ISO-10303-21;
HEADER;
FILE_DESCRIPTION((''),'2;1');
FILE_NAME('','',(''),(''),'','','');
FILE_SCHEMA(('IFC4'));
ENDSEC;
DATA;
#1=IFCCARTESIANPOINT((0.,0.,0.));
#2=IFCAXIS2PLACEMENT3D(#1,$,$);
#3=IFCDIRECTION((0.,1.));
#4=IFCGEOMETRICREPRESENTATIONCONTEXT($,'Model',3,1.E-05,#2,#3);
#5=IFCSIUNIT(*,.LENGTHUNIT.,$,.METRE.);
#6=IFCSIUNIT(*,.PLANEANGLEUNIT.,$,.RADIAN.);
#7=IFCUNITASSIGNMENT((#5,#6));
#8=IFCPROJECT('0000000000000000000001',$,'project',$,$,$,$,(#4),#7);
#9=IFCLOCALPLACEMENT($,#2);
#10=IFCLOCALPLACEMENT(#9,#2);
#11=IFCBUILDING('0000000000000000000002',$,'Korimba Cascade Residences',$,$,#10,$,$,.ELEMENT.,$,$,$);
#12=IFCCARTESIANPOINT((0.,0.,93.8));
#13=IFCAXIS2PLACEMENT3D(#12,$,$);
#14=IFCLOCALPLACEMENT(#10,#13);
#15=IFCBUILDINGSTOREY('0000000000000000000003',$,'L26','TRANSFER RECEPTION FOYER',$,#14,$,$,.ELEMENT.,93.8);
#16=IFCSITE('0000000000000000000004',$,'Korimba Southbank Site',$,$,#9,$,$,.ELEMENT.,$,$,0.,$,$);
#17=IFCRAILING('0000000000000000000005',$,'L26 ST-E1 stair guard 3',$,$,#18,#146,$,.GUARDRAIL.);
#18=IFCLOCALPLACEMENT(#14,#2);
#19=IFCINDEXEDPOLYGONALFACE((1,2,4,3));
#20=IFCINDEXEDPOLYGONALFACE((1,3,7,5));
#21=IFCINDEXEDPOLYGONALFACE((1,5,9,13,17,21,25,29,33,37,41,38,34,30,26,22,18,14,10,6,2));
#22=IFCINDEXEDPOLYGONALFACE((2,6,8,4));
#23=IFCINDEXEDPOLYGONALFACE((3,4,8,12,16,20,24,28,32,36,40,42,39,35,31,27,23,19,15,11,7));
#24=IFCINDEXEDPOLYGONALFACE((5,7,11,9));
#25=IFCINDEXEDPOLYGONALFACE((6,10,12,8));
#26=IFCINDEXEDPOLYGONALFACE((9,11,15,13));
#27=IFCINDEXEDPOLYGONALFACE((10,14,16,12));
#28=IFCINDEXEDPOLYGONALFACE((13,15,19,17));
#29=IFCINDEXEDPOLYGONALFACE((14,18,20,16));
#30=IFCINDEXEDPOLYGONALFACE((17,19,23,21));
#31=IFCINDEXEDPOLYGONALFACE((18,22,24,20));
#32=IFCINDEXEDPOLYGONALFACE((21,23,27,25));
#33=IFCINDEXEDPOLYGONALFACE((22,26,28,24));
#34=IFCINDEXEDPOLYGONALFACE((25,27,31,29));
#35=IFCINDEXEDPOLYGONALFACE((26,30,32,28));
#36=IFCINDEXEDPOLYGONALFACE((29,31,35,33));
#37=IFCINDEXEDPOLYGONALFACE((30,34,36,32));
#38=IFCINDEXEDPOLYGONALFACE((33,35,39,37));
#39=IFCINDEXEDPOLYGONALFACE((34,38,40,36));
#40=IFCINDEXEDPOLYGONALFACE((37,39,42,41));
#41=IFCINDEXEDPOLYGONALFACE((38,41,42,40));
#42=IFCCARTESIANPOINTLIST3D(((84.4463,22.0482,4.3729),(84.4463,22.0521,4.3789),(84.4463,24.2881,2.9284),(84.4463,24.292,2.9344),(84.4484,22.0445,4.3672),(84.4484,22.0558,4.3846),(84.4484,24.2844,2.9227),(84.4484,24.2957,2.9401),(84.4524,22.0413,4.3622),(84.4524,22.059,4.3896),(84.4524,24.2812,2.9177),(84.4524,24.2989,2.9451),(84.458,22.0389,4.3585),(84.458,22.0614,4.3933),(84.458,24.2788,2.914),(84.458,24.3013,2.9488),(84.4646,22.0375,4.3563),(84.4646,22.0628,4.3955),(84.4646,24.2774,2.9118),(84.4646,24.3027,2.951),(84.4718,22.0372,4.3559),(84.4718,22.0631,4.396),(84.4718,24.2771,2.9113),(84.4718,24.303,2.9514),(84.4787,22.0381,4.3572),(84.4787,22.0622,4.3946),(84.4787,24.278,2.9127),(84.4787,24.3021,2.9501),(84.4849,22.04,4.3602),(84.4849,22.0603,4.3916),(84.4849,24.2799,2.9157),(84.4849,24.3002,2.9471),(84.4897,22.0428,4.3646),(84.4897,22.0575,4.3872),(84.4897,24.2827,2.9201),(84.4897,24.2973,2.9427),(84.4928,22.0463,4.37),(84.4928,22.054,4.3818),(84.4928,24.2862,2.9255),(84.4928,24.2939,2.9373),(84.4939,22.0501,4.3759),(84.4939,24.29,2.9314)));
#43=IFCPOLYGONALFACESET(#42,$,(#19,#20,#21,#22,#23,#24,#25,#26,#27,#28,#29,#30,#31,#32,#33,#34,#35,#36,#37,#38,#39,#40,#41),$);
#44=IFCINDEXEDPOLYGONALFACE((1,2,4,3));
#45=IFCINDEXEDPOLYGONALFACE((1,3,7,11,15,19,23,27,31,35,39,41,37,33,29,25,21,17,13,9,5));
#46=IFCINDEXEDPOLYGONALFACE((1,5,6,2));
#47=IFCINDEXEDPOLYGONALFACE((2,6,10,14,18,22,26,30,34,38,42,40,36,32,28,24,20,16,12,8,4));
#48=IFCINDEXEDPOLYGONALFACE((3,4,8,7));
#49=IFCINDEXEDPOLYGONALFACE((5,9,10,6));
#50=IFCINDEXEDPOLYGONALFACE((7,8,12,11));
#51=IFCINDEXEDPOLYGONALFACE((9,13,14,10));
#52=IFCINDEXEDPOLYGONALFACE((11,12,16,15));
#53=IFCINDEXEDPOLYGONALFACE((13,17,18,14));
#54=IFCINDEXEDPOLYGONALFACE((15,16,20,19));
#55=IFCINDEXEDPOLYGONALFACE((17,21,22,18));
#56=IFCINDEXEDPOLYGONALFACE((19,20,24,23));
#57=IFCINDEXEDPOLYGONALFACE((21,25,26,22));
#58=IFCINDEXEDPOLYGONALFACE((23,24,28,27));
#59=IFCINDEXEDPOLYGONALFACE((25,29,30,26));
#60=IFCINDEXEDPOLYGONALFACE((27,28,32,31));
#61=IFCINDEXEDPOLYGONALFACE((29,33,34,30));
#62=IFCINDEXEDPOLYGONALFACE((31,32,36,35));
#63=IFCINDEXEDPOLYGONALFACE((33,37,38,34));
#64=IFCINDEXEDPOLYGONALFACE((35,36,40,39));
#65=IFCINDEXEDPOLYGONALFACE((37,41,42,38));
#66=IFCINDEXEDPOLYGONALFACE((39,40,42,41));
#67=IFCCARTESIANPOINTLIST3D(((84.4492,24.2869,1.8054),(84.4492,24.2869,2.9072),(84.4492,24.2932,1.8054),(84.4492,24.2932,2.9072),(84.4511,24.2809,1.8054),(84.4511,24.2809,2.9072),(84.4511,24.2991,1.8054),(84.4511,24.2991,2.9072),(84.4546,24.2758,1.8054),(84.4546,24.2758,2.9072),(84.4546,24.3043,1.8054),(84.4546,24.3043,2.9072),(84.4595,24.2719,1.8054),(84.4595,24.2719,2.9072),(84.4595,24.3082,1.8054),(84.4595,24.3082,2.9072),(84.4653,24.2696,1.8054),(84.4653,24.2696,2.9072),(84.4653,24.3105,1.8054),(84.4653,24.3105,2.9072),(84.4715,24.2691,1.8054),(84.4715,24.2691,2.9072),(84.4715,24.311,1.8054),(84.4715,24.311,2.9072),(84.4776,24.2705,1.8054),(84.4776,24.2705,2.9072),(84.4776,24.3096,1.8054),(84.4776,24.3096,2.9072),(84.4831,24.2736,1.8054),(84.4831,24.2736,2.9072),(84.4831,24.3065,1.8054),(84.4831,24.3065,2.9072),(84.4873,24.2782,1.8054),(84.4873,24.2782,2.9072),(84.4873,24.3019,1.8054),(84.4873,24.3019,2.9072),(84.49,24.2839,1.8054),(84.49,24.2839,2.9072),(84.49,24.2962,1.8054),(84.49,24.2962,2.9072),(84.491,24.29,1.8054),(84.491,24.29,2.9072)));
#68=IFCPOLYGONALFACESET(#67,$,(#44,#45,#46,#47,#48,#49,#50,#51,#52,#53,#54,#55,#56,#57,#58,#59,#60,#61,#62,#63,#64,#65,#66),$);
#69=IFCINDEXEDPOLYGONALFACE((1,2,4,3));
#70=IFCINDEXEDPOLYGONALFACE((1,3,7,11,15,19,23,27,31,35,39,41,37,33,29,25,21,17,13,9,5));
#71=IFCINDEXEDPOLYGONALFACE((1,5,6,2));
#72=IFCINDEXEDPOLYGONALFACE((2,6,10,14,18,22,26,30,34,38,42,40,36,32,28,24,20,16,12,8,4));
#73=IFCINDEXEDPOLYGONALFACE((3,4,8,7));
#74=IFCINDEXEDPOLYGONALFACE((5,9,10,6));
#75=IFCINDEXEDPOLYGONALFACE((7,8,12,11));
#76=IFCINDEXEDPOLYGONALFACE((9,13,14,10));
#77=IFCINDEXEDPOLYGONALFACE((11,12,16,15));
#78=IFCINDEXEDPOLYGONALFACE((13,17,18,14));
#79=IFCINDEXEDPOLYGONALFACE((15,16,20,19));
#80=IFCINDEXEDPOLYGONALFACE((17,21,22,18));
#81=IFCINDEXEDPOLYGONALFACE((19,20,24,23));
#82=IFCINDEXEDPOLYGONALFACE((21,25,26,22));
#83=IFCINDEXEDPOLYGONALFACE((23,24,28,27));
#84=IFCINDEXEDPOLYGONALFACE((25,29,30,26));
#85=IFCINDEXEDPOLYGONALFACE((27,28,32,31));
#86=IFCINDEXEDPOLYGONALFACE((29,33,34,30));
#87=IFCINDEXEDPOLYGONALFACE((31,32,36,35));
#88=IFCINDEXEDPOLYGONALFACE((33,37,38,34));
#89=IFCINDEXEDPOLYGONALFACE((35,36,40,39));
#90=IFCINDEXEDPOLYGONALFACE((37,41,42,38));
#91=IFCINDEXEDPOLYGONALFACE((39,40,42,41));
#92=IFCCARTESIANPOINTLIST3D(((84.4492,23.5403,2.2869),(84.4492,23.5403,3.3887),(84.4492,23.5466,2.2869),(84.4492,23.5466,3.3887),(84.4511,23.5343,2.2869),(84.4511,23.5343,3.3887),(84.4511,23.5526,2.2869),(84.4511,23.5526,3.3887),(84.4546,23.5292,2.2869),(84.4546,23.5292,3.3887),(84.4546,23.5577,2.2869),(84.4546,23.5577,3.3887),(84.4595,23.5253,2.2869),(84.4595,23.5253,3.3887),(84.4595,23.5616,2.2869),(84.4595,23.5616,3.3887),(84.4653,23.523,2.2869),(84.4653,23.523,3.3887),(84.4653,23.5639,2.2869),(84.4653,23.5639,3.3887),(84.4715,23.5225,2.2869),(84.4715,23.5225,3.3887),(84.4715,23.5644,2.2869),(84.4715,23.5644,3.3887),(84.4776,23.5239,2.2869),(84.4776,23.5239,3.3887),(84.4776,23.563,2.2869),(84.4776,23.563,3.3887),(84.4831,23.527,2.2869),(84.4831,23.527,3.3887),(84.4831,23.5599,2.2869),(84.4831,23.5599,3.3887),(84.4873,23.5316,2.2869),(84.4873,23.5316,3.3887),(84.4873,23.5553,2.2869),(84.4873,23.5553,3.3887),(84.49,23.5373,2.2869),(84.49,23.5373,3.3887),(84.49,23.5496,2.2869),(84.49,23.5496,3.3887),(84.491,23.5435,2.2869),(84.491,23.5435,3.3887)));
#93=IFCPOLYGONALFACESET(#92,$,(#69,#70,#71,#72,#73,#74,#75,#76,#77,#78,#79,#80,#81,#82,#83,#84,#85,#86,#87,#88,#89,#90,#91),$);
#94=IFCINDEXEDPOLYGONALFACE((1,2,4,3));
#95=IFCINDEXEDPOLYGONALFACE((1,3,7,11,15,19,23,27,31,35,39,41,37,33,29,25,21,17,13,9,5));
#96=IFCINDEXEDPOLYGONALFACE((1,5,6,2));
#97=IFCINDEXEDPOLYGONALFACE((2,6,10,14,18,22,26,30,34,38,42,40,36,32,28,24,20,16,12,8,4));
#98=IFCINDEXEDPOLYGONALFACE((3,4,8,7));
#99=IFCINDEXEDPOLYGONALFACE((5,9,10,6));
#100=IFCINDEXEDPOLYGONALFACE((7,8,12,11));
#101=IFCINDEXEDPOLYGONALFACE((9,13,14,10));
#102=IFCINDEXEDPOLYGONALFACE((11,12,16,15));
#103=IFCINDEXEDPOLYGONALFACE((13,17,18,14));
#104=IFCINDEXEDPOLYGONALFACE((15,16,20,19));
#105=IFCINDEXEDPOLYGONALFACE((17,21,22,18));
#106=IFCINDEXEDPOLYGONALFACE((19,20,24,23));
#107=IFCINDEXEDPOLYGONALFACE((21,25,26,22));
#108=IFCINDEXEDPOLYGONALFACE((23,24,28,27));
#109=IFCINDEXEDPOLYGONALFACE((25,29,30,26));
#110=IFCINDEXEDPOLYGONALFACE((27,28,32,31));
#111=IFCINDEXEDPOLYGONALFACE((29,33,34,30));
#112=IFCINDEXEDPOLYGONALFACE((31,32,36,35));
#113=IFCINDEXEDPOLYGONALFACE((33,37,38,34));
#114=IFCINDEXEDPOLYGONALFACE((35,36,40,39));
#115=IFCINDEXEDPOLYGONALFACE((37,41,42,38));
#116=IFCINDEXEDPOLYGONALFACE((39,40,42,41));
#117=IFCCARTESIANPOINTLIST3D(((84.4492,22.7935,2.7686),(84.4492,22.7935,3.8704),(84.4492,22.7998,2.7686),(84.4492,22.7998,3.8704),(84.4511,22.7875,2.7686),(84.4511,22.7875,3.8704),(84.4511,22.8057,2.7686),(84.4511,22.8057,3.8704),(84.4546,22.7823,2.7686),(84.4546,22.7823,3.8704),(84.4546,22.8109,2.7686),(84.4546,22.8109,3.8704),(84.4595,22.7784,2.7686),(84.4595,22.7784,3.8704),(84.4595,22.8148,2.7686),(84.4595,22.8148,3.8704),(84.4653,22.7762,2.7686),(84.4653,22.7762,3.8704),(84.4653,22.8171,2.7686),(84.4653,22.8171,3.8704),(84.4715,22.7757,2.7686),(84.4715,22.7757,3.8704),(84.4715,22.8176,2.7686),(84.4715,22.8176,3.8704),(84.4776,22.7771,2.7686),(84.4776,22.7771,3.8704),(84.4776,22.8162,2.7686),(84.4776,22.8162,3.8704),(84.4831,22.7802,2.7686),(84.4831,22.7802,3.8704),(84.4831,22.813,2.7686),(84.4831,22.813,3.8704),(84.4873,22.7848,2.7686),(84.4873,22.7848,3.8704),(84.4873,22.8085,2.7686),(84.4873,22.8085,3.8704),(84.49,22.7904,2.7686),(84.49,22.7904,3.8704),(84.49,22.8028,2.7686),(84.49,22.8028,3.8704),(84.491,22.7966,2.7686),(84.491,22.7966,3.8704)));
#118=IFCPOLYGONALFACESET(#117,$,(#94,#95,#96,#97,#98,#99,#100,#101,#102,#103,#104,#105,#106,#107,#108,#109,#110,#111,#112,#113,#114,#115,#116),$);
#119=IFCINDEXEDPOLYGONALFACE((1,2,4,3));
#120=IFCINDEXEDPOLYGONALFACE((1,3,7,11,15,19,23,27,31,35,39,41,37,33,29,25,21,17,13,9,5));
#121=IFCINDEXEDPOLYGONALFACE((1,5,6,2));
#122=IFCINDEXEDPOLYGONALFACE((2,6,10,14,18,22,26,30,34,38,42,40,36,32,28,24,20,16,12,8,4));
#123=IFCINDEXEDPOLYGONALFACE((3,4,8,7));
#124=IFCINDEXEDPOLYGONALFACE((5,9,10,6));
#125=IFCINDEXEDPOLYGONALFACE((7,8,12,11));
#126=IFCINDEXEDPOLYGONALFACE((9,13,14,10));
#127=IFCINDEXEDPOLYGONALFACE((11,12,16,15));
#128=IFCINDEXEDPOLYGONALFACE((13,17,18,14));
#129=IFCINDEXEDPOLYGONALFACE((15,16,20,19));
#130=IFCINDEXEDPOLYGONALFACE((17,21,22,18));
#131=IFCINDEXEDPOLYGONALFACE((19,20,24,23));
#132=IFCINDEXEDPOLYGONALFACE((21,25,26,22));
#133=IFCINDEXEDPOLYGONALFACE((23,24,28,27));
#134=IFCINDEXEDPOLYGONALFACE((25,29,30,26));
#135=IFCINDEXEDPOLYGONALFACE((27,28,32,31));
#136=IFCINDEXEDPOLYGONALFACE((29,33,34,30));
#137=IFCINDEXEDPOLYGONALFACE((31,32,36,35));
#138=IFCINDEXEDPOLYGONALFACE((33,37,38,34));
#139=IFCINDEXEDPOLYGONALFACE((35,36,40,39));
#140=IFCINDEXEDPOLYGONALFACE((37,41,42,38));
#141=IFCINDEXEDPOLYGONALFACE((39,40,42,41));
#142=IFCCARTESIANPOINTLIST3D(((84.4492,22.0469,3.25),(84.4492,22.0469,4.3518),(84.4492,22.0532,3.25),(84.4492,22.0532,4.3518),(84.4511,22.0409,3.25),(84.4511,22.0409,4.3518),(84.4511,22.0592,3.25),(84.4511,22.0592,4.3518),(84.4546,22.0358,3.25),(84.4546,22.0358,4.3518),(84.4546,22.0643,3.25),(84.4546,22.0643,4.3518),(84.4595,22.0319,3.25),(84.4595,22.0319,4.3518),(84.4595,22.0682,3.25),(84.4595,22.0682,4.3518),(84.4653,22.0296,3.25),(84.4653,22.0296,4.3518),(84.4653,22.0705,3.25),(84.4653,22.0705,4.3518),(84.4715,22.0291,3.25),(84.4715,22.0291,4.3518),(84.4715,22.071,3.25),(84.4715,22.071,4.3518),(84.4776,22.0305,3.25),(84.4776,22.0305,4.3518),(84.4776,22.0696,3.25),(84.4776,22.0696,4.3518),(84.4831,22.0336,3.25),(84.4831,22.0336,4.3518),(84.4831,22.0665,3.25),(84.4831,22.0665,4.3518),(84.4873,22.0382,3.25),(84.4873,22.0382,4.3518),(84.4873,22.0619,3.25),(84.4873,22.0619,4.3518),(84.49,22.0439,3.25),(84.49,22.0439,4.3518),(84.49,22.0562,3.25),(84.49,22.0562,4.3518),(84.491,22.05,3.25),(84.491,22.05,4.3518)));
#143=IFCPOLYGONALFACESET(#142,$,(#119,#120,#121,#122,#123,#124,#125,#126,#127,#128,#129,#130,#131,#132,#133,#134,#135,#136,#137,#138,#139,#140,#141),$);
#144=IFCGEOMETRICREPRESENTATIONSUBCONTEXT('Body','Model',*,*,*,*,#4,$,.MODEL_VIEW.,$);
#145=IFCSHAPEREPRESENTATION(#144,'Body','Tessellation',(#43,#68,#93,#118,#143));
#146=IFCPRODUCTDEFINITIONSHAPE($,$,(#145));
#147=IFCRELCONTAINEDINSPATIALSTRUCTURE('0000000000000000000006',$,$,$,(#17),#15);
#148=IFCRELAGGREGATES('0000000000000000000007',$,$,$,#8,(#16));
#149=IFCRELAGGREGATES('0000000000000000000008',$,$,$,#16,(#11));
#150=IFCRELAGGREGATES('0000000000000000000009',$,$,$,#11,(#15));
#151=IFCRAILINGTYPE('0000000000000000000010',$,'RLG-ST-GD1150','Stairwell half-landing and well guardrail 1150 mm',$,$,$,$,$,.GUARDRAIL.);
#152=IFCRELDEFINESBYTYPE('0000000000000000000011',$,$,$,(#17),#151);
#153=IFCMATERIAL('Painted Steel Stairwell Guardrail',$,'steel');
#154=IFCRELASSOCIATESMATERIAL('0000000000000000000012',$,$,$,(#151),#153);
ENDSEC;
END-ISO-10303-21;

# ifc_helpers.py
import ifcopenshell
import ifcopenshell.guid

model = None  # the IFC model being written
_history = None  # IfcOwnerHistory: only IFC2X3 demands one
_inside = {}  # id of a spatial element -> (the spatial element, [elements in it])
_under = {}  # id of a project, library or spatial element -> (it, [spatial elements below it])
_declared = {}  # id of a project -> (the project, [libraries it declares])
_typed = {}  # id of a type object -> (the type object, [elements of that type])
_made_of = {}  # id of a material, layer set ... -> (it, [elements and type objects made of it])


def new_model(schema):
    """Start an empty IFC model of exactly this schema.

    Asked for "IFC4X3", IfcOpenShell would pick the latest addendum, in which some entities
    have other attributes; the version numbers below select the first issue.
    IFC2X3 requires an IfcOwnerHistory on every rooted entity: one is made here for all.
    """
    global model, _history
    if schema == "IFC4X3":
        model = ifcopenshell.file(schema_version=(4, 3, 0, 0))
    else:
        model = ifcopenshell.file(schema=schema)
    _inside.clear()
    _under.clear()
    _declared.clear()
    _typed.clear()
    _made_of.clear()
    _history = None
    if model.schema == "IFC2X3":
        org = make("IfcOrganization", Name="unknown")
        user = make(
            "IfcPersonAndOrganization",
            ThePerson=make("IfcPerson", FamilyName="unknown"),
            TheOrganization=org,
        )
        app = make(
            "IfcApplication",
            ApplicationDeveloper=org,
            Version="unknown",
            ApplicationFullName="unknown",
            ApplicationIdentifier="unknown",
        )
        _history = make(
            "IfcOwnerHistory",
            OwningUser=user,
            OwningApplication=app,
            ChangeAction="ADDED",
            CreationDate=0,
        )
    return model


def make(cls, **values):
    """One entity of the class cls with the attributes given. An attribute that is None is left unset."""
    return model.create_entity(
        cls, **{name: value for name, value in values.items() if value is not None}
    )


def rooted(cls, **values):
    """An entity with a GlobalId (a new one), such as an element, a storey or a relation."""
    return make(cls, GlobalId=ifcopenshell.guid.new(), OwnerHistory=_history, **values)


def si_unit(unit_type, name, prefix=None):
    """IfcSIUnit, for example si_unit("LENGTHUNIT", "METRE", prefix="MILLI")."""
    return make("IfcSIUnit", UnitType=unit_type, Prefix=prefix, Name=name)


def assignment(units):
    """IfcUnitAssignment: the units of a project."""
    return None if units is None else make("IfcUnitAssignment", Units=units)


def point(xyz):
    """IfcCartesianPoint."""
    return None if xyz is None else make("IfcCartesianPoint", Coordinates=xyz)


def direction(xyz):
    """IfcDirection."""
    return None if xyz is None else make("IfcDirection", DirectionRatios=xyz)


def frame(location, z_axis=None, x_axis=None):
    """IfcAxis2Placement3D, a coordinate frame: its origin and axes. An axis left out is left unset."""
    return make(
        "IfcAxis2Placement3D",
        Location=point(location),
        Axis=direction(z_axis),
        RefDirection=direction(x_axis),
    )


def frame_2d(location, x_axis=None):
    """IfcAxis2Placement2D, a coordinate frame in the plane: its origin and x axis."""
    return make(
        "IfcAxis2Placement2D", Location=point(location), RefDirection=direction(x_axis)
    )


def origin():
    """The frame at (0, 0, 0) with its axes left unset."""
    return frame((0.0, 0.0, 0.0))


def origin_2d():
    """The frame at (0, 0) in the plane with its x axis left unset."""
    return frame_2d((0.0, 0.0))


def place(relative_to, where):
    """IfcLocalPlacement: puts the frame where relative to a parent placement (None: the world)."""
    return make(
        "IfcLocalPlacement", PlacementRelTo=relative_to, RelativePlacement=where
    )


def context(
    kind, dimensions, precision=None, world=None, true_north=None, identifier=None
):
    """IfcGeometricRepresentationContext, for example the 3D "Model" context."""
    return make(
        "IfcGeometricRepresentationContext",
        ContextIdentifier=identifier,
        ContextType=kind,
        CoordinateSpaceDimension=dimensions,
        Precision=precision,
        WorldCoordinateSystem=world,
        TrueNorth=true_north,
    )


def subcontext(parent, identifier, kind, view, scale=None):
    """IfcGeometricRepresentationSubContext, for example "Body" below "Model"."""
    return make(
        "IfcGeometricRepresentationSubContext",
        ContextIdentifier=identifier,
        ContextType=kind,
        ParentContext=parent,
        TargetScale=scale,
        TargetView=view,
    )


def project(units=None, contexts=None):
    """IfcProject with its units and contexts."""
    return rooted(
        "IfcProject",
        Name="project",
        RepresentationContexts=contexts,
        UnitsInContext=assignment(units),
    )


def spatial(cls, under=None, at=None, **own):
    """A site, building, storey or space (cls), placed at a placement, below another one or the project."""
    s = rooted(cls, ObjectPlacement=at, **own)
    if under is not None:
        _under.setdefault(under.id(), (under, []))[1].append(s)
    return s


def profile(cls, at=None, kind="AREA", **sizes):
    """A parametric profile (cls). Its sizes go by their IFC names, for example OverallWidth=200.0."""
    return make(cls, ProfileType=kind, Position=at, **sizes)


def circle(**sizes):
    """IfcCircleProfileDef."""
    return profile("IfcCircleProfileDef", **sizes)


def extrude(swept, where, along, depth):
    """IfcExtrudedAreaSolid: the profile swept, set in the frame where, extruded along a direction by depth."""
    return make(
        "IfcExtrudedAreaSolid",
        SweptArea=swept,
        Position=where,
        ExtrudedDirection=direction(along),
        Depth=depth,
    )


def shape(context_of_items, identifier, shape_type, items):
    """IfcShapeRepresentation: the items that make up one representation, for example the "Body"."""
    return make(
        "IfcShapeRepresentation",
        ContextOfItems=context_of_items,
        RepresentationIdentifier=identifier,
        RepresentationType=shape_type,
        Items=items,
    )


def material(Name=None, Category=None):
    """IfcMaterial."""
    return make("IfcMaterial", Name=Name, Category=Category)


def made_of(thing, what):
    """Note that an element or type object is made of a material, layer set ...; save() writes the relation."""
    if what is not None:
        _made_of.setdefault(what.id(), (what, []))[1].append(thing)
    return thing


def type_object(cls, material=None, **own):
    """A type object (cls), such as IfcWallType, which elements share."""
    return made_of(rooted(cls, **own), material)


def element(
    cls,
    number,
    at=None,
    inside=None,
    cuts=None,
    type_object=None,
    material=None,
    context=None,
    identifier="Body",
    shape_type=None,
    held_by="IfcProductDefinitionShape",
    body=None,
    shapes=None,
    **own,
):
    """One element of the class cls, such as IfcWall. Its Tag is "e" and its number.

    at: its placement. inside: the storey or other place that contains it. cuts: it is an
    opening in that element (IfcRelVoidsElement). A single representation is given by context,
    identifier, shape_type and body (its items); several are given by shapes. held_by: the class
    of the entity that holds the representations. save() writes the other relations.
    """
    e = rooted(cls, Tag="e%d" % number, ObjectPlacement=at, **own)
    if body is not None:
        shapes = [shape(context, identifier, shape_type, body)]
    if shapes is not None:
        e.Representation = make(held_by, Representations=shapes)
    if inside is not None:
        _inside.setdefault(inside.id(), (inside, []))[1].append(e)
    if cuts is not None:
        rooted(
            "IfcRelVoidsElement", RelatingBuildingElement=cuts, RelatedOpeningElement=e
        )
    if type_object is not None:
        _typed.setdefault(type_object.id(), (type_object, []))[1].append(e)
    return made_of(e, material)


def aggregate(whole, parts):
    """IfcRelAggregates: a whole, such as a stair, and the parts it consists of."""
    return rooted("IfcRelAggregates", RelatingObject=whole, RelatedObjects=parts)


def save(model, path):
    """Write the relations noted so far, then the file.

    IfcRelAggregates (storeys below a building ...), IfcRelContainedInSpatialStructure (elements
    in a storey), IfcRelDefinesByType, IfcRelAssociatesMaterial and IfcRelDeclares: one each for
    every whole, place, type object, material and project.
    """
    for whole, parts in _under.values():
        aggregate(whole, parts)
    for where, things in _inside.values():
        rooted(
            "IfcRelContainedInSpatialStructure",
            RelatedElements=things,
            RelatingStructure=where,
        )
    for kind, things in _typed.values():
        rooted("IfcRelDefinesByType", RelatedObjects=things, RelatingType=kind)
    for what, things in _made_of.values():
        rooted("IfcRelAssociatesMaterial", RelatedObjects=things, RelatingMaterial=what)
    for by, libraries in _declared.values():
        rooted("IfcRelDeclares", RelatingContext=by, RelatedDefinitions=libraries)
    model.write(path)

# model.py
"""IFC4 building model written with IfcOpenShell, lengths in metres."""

from ifc_helpers import new_model, si_unit, direction, frame, origin, origin_2d, place, context, subcontext, project, spatial, circle, extrude, material, type_object, element, save


model = new_model("IFC4")

# Units and contexts
model_context = context("Model", 3, precision=1e-05, world=origin(), true_north=direction((0.0, 1.0)))
body_context = subcontext(model_context, "Body", "Model", "MODEL_VIEW")
ifc_project = project(units=[si_unit("LENGTHUNIT", "METRE"), si_unit("PLANEANGLEUNIT", "RADIAN")], contexts=[model_context])

# Site, building, storey
site_placement = place(None, origin())
site = spatial("IfcSite", under=ifc_project, at=site_placement, Name="Korimba Southbank Site", CompositionType="ELEMENT", RefElevation=0.0)
building_placement = place(site_placement, origin())
building = spatial("IfcBuilding", under=site, at=building_placement, Name="Korimba Cascade Residences", CompositionType="ELEMENT")
storey_placement = place(building_placement, frame((0.0, 0.0, 93.8)))
storey = spatial("IfcBuildingStorey", under=building, at=storey_placement, Name="L26", Description="TRANSFER RECEPTION FOYER", CompositionType="ELEMENT", Elevation=93.8)

# Railing
ifc_material_1 = material(Name="Painted Steel Stairwell Guardrail", Category="steel")
railing_type_1 = type_object("IfcRailingType", Name="RLG-ST-GD1150", Description="Stairwell half-landing and well guardrail 1150 mm", PredefinedType="GUARDRAIL", material=ifc_material_1)
railing_1_placement = place(storey_placement, frame((84.47, 24.29, 1.8054)))
element("IfcRailing", 1, at=railing_1_placement, inside=storey, type_object=railing_type_1, Name="L26 ST-E1 stair guard 3", PredefinedType="GUARDRAIL", context=body_context, shape_type="SweptSolid", body=[
    extrude(circle(Radius=0.0239, at=origin_2d()), frame((0.0, 0.0, 1.126), z_axis=(0.0, -0.840395, 0.541975), x_axis=(1.0, 0.0, 0.0)), (0.0, 0.0, 1.0), 2.6653),
    extrude(circle(Radius=0.021, at=origin_2d()), origin(), (0.0, 0.0, 1.0), 1.1018),
    extrude(circle(Radius=0.021, at=origin_2d()), frame((0.0, -0.7466, 0.4814)), (0.0, 0.0, 1.0), 1.1018),
    extrude(circle(Radius=0.021, at=origin_2d()), frame((0.0, -1.4934, 0.9631)), (0.0, 0.0, 1.0), 1.1018),
    extrude(circle(Radius=0.021, at=origin_2d()), frame((0.0, -2.24, 1.4446)), (0.0, 0.0, 1.0), 1.1018),
])

save(model, "model.ifc")
